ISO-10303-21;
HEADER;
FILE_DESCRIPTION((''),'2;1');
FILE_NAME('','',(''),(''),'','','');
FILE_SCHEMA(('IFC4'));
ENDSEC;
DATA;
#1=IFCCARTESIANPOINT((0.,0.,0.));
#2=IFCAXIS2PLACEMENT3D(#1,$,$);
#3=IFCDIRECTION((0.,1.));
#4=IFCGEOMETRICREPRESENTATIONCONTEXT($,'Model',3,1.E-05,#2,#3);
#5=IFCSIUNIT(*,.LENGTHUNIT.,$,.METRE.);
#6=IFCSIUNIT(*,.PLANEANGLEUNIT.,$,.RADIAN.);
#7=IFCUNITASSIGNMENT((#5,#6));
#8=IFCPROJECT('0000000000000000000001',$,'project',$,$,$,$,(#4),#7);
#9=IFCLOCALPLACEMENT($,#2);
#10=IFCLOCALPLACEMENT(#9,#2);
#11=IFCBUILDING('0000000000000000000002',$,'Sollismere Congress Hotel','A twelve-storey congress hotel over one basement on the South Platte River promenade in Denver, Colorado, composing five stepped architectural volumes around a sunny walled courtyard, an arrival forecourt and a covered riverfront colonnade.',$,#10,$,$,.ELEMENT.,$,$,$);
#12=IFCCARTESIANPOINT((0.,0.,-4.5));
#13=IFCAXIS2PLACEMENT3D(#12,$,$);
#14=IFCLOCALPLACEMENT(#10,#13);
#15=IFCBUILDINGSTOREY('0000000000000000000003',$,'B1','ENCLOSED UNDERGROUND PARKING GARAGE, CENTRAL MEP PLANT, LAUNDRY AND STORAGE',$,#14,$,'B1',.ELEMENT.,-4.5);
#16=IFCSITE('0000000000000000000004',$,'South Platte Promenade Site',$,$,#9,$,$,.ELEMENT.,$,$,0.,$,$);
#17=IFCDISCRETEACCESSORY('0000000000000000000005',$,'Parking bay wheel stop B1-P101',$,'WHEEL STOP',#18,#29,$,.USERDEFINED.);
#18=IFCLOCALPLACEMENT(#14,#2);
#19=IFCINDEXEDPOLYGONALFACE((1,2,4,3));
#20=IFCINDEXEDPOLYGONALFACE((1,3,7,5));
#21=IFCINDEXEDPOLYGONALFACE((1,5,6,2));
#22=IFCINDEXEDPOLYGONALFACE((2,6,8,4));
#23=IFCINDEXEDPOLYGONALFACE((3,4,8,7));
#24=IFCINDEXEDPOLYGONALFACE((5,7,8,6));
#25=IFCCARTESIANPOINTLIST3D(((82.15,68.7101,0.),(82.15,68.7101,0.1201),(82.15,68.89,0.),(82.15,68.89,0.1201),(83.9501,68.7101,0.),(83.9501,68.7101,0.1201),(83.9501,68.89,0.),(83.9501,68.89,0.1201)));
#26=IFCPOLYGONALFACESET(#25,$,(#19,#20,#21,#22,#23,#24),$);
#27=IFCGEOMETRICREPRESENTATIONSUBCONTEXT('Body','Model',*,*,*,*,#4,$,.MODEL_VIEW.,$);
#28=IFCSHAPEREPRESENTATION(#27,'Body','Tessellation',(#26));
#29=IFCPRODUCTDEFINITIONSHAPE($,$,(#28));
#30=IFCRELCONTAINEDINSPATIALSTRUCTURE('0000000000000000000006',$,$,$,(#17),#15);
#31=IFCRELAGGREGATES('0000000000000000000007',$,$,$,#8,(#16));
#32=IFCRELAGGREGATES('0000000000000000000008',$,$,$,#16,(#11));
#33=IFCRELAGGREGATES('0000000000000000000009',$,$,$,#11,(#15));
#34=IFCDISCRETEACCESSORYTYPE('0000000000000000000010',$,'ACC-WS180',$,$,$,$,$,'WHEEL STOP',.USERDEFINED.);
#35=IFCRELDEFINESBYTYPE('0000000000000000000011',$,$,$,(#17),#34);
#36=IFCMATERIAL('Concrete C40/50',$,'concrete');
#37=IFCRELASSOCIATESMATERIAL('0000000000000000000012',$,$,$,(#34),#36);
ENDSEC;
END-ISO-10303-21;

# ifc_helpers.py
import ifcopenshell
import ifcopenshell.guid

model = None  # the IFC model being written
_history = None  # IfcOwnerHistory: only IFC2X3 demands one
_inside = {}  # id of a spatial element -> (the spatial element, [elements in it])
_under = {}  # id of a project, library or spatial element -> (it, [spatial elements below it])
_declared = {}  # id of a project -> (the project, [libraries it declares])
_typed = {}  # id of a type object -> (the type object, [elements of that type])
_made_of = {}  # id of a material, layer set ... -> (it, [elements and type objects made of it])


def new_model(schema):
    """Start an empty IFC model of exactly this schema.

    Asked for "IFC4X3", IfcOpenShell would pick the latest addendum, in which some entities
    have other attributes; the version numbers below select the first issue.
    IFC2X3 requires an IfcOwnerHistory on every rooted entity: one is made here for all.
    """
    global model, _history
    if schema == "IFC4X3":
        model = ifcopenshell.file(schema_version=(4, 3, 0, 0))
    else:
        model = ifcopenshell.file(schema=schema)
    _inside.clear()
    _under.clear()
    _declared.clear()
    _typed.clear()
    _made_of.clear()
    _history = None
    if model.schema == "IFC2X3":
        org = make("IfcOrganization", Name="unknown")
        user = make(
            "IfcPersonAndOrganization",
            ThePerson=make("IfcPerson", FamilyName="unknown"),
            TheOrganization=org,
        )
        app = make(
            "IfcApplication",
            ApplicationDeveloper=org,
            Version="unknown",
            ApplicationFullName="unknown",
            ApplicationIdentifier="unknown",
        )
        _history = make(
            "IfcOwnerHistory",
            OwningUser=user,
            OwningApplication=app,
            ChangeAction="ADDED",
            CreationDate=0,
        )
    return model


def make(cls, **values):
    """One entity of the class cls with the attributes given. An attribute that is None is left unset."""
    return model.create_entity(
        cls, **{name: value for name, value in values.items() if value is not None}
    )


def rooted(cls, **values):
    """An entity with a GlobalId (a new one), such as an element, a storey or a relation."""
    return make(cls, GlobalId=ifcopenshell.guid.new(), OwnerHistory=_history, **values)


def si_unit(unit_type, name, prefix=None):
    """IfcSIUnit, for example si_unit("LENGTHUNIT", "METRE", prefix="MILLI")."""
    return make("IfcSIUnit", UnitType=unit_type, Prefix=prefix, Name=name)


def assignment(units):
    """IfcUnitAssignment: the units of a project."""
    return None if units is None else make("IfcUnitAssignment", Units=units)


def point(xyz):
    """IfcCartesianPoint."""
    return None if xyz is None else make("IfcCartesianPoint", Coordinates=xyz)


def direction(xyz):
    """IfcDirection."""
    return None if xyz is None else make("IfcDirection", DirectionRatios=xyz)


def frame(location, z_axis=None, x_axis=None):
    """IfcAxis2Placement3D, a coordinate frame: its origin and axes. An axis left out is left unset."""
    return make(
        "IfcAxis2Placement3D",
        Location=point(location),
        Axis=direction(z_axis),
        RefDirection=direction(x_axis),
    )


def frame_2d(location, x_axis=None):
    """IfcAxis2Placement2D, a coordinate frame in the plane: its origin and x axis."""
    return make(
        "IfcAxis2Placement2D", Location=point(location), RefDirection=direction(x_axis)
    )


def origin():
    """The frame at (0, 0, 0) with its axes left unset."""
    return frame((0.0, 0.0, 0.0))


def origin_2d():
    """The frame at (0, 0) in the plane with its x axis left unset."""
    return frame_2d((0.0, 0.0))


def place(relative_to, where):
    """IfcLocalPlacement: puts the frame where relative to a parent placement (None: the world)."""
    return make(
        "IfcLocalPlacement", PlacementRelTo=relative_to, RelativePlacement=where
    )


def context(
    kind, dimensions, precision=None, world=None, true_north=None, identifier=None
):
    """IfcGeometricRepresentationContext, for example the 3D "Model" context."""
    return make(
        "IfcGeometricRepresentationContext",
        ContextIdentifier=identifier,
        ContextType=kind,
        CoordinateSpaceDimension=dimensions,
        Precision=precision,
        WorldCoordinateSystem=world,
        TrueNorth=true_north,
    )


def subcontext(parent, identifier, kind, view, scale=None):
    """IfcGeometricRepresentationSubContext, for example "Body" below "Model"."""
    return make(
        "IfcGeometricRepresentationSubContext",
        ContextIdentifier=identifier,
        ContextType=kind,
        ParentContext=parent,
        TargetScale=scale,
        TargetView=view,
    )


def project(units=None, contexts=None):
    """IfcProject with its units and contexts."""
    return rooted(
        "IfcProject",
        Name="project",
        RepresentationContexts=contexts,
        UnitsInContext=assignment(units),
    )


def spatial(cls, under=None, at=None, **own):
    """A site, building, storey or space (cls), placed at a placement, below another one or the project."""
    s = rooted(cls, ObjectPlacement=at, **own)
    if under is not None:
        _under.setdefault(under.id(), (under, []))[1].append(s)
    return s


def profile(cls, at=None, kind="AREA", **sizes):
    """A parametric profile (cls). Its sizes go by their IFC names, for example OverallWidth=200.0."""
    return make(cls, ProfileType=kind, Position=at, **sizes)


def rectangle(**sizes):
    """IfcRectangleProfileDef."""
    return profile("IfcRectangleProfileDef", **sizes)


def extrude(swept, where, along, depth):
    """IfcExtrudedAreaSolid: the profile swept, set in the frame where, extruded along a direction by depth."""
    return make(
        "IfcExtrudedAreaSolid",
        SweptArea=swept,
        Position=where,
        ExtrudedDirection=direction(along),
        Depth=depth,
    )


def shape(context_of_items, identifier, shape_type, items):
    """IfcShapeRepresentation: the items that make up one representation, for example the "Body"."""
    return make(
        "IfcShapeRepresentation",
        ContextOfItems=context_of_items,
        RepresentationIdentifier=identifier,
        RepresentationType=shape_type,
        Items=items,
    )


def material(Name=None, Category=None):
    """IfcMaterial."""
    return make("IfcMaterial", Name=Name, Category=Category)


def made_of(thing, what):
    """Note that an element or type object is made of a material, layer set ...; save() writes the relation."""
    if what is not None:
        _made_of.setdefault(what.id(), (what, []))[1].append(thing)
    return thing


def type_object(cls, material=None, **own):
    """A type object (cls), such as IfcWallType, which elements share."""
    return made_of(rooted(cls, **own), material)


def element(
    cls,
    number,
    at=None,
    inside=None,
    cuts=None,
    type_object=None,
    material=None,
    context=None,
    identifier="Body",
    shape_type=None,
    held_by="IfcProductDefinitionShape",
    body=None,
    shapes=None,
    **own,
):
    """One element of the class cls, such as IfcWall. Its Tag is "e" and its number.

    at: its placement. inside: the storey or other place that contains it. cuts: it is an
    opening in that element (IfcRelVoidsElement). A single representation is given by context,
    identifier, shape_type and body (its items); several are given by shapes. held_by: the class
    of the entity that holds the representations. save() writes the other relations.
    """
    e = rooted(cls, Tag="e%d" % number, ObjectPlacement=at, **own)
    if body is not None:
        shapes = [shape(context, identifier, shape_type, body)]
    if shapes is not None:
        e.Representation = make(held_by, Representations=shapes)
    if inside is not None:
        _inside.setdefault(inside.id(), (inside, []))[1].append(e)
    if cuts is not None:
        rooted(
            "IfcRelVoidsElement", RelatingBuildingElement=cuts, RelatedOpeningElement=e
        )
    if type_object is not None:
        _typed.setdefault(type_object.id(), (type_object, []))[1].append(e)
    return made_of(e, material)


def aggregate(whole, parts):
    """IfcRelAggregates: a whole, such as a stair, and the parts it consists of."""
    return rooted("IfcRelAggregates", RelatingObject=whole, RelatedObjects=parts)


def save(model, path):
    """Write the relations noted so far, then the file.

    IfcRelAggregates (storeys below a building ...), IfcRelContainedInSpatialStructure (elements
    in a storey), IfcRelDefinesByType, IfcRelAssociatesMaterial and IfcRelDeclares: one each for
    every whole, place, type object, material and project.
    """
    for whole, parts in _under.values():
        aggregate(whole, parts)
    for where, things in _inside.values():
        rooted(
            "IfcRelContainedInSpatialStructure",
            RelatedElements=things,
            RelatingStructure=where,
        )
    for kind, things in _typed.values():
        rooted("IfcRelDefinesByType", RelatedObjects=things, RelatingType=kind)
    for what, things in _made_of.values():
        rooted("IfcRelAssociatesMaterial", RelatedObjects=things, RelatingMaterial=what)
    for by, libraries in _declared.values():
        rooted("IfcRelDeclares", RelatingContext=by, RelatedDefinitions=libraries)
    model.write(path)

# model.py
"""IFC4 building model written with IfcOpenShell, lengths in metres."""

from ifc_helpers import new_model, si_unit, direction, frame, origin, origin_2d, place, context, subcontext, project, spatial, rectangle, extrude, material, type_object, element, save


model = new_model("IFC4")

# Units and contexts
model_context = context("Model", 3, precision=1e-05, world=origin(), true_north=direction((0.0, 1.0)))
body_context = subcontext(model_context, "Body", "Model", "MODEL_VIEW")
ifc_project = project(units=[si_unit("LENGTHUNIT", "METRE"), si_unit("PLANEANGLEUNIT", "RADIAN")], contexts=[model_context])

# Site, building, storey
site_placement = place(None, origin())
site = spatial("IfcSite", under=ifc_project, at=site_placement, Name="South Platte Promenade Site", CompositionType="ELEMENT", RefElevation=0.0)
building_placement = place(site_placement, origin())
building = spatial("IfcBuilding", under=site, at=building_placement, Name="Sollismere Congress Hotel", Description="A twelve-storey congress hotel over one basement on the South Platte River promenade in Denver, Colorado, composing five stepped architectural volumes around a sunny walled courtyard, an arrival forecourt and a covered riverfront colonnade.", CompositionType="ELEMENT")
storey_placement = place(building_placement, frame((0.0, 0.0, -4.5)))
storey = spatial("IfcBuildingStorey", under=building, at=storey_placement, Name="B1", Description="ENCLOSED UNDERGROUND PARKING GARAGE, CENTRAL MEP PLANT, LAUNDRY AND STORAGE", LongName="B1", CompositionType="ELEMENT", Elevation=-4.5)

# Shared definitions
ifc_material_1 = material(Name="Concrete C40/50", Category="concrete")

# Discrete accessory
discrete_accessory_type = type_object("IfcDiscreteAccessoryType", Name="ACC-WS180", ElementType="WHEEL STOP", PredefinedType="USERDEFINED", material=ifc_material_1)
for number, where, z_axis, x_axis, name in (
    (1, (83.05, 68.8, 0.0), (0.0, 0.0, 1.0), (1.0, 0.0, 0.0), "Parking bay wheel stop B1-P101"),
):
    element("IfcDiscreteAccessory", number, at=place(storey_placement, frame(where, z_axis=z_axis, x_axis=x_axis)), inside=storey, type_object=discrete_accessory_type, Name=name, ObjectType="WHEEL STOP", PredefinedType="USERDEFINED", context=body_context, shape_type="SweptSolid", body=[
        extrude(rectangle(XDim=1.8, YDim=0.1799, at=origin_2d()), origin(), (0.0, 0.0, 1.0), 0.1201),
    ])

save(model, "model.ifc")
